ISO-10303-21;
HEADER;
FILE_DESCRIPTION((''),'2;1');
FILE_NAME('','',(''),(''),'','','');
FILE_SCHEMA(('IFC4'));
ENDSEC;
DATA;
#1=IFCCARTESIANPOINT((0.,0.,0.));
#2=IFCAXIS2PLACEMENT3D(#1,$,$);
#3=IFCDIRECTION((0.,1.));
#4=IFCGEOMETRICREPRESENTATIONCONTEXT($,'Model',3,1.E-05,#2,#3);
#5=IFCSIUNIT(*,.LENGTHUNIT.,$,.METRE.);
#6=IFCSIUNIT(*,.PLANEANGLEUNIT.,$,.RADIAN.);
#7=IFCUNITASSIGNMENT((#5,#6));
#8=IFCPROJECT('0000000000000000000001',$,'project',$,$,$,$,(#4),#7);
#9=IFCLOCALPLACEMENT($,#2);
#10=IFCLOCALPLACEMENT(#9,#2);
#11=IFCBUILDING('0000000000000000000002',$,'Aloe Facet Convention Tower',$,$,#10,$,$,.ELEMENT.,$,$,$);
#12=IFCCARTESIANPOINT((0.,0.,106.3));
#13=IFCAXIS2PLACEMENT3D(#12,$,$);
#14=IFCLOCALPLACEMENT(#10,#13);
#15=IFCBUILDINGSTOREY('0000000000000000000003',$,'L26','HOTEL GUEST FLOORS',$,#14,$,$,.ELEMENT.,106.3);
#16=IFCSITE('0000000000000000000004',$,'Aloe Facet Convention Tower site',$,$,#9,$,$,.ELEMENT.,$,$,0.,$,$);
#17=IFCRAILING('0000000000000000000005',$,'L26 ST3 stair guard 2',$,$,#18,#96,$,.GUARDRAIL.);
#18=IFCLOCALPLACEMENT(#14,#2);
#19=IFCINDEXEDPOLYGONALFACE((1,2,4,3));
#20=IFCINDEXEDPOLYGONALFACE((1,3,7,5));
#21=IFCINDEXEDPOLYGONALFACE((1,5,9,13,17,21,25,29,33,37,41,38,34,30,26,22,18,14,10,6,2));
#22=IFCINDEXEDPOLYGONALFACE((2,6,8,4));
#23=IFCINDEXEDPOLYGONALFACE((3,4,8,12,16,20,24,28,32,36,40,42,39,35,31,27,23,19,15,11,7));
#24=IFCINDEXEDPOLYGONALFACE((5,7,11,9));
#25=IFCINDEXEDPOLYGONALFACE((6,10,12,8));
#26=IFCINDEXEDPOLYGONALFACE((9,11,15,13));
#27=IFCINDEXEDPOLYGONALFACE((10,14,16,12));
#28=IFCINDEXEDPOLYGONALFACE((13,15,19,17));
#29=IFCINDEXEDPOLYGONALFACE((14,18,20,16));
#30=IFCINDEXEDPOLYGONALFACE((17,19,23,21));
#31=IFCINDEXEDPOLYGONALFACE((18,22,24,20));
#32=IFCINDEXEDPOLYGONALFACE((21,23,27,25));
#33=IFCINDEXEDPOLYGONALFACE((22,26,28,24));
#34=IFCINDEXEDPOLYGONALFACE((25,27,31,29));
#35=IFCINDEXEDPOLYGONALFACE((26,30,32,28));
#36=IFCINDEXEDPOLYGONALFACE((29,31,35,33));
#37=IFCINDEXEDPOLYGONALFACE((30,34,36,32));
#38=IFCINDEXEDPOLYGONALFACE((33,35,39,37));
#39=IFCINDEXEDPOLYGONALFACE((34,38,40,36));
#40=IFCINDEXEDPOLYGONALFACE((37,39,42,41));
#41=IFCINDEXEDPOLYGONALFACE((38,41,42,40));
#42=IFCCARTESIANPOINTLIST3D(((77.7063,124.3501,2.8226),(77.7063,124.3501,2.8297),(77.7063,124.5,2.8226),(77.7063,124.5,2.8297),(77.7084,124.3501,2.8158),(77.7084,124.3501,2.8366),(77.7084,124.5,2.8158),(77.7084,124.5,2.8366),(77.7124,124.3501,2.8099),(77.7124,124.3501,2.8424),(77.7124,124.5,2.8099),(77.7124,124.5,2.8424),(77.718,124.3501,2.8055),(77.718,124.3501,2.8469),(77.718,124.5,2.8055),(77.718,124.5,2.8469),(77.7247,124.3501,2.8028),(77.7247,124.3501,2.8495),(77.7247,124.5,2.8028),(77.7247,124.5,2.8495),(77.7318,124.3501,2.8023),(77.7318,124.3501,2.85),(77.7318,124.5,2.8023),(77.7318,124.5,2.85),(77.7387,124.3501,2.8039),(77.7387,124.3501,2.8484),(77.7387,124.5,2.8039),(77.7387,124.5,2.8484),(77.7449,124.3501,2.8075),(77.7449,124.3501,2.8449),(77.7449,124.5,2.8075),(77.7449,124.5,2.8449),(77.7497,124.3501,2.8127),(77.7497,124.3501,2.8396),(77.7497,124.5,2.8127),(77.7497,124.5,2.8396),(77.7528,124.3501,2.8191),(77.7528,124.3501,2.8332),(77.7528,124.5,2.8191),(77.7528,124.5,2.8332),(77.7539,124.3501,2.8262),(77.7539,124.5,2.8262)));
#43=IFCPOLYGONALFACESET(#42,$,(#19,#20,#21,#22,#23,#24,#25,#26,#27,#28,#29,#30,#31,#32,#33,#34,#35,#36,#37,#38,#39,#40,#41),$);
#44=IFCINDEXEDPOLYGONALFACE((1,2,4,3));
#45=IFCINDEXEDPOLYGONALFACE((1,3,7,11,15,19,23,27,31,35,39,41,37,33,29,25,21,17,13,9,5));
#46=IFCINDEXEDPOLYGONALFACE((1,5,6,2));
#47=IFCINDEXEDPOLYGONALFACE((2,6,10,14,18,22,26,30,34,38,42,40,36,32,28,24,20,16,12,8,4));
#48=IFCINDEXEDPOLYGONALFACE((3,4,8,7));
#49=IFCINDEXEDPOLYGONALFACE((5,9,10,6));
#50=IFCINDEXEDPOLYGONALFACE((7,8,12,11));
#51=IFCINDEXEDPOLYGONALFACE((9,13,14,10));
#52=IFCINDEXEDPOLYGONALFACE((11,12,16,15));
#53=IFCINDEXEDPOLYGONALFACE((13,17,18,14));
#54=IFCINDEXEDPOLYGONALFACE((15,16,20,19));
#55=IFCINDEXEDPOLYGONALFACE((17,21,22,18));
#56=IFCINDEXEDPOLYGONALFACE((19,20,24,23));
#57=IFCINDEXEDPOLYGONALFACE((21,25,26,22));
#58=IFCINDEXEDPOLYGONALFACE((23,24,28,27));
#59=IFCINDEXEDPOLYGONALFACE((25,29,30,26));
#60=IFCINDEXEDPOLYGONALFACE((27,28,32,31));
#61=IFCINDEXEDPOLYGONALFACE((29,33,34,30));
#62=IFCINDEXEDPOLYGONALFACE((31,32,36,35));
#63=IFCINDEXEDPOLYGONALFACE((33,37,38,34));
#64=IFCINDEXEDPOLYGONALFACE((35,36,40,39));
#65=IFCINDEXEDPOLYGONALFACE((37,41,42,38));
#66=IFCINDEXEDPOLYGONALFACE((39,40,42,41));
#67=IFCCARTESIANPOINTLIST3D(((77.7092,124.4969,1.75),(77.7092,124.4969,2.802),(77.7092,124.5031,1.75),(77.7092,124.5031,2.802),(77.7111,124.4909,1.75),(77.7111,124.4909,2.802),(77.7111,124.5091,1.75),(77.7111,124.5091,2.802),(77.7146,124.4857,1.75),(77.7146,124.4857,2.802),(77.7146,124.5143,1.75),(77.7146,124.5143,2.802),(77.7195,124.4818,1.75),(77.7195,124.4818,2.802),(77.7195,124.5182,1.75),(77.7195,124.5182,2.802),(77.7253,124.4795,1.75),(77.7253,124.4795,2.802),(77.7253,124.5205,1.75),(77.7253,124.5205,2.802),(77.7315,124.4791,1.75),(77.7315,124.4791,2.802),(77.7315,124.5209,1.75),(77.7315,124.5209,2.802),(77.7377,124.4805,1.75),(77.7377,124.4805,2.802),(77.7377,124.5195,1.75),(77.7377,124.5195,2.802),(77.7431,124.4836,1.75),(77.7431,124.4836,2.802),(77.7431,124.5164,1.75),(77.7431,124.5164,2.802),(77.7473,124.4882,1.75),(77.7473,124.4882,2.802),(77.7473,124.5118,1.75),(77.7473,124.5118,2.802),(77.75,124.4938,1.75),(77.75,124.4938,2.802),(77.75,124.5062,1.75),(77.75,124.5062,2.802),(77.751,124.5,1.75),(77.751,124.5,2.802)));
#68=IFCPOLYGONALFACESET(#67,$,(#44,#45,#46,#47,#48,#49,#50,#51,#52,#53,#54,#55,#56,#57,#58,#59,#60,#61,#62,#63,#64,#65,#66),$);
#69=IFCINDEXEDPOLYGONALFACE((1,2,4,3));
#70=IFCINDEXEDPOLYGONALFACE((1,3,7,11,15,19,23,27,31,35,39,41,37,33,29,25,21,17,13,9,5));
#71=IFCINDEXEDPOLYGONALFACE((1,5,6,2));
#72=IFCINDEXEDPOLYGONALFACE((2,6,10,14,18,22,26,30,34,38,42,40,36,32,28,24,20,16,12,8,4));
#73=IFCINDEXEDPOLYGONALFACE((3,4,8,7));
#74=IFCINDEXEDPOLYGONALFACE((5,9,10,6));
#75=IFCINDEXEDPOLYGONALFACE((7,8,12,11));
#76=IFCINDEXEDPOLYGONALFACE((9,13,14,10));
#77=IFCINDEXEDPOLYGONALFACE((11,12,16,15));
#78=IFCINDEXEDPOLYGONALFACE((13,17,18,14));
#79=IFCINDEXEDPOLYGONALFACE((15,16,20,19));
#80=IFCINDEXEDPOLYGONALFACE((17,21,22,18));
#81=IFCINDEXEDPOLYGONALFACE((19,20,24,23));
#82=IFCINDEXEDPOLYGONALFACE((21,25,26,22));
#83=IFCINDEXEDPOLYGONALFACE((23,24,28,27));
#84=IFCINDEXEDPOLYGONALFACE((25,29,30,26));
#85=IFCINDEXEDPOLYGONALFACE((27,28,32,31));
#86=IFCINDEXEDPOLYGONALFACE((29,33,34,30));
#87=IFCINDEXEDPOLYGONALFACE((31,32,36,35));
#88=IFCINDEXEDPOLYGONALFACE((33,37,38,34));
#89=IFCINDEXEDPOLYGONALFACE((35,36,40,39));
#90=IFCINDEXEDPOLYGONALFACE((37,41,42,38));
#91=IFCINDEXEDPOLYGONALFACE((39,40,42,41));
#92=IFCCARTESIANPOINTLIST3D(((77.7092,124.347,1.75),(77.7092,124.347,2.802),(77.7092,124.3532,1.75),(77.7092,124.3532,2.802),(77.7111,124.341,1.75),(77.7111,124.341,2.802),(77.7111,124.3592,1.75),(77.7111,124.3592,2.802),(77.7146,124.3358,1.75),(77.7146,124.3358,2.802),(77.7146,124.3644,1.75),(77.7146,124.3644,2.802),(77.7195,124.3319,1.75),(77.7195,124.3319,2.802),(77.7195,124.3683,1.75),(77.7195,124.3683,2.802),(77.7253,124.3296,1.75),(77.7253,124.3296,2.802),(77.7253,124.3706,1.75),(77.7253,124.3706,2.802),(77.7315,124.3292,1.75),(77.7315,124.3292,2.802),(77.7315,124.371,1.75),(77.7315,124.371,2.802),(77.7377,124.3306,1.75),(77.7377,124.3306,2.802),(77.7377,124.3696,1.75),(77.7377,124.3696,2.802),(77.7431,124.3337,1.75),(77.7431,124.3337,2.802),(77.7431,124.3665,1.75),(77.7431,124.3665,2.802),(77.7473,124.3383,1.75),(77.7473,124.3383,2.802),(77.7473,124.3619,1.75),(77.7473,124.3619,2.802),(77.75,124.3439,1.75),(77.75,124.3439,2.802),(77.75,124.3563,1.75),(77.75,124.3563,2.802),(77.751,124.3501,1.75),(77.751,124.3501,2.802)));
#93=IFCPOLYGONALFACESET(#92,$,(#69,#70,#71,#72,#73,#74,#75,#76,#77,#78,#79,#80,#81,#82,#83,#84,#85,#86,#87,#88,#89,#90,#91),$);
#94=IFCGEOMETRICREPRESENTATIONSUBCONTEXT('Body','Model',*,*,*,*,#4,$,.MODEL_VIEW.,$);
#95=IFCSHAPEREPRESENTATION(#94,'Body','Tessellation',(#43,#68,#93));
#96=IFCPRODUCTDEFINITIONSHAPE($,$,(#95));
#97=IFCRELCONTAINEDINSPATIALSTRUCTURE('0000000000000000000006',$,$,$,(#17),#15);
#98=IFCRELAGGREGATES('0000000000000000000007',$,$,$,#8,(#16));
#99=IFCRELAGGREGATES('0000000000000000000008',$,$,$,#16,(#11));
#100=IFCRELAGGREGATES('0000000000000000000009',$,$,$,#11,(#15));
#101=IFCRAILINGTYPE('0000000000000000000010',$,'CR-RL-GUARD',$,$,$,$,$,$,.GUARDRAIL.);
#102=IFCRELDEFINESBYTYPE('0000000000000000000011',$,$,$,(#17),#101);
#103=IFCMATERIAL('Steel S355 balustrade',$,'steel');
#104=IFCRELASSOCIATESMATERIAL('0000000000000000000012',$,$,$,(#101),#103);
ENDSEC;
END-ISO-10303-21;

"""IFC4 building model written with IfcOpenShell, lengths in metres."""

from ifc_helpers import new_model, si_unit, direction, frame, origin, origin_2d, place, context, subcontext, project, spatial, circle, extrude, material, type_object, element, save


model = new_model("IFC4")

# Units and contexts
model_context = context("Model", 3, precision=1e-05, world=origin(), true_north=direction((0.0, 1.0)))
body_context = subcontext(model_context, "Body", "Model", "MODEL_VIEW")
ifc_project = project(units=[si_unit("LENGTHUNIT", "METRE"), si_unit("PLANEANGLEUNIT", "RADIAN")], contexts=[model_context])

# Site, building, storey
site_placement = place(None, origin())
site = spatial("IfcSite", under=ifc_project, at=site_placement, Name="Aloe Facet Convention Tower site", CompositionType="ELEMENT", RefElevation=0.0)
building_placement = place(site_placement, origin())
building = spatial("IfcBuilding", under=site, at=building_placement, Name="Aloe Facet Convention Tower", CompositionType="ELEMENT")
storey_placement = place(building_placement, frame((0.0, 0.0, 106.3)))
storey = spatial("IfcBuildingStorey", under=building, at=storey_placement, Name="L26", Description="HOTEL GUEST FLOORS", CompositionType="ELEMENT", Elevation=106.3)

# Railing
ifc_material_1 = material(Name="Steel S355 balustrade", Category="steel")
railing_type_1 = type_object("IfcRailingType", Name="CR-RL-GUARD", PredefinedType="GUARDRAIL", material=ifc_material_1)
railing_1_placement = place(storey_placement, frame((77.73, 124.5, 1.75)))
element("IfcRailing", 1, at=railing_1_placement, inside=storey, type_object=railing_type_1, Name="L26 ST3 stair guard 2", PredefinedType="GUARDRAIL", context=body_context, shape_type="SweptSolid", body=[
    extrude(circle(Radius=0.0239, at=origin_2d()), frame((0.0, 0.0, 1.0762), z_axis=(0.0, -1.0, 0.0), x_axis=(1.0, 0.0, 0.0)), (0.0, 0.0, 1.0), 0.1499),
    extrude(circle(Radius=0.021, at=origin_2d()), origin(), (0.0, 0.0, 1.0), 1.052),
    extrude(circle(Radius=0.021, at=origin_2d()), frame((0.0, -0.1499, 0.0)), (0.0, 0.0, 1.0), 1.052),
])

save(model, "model.ifc")
